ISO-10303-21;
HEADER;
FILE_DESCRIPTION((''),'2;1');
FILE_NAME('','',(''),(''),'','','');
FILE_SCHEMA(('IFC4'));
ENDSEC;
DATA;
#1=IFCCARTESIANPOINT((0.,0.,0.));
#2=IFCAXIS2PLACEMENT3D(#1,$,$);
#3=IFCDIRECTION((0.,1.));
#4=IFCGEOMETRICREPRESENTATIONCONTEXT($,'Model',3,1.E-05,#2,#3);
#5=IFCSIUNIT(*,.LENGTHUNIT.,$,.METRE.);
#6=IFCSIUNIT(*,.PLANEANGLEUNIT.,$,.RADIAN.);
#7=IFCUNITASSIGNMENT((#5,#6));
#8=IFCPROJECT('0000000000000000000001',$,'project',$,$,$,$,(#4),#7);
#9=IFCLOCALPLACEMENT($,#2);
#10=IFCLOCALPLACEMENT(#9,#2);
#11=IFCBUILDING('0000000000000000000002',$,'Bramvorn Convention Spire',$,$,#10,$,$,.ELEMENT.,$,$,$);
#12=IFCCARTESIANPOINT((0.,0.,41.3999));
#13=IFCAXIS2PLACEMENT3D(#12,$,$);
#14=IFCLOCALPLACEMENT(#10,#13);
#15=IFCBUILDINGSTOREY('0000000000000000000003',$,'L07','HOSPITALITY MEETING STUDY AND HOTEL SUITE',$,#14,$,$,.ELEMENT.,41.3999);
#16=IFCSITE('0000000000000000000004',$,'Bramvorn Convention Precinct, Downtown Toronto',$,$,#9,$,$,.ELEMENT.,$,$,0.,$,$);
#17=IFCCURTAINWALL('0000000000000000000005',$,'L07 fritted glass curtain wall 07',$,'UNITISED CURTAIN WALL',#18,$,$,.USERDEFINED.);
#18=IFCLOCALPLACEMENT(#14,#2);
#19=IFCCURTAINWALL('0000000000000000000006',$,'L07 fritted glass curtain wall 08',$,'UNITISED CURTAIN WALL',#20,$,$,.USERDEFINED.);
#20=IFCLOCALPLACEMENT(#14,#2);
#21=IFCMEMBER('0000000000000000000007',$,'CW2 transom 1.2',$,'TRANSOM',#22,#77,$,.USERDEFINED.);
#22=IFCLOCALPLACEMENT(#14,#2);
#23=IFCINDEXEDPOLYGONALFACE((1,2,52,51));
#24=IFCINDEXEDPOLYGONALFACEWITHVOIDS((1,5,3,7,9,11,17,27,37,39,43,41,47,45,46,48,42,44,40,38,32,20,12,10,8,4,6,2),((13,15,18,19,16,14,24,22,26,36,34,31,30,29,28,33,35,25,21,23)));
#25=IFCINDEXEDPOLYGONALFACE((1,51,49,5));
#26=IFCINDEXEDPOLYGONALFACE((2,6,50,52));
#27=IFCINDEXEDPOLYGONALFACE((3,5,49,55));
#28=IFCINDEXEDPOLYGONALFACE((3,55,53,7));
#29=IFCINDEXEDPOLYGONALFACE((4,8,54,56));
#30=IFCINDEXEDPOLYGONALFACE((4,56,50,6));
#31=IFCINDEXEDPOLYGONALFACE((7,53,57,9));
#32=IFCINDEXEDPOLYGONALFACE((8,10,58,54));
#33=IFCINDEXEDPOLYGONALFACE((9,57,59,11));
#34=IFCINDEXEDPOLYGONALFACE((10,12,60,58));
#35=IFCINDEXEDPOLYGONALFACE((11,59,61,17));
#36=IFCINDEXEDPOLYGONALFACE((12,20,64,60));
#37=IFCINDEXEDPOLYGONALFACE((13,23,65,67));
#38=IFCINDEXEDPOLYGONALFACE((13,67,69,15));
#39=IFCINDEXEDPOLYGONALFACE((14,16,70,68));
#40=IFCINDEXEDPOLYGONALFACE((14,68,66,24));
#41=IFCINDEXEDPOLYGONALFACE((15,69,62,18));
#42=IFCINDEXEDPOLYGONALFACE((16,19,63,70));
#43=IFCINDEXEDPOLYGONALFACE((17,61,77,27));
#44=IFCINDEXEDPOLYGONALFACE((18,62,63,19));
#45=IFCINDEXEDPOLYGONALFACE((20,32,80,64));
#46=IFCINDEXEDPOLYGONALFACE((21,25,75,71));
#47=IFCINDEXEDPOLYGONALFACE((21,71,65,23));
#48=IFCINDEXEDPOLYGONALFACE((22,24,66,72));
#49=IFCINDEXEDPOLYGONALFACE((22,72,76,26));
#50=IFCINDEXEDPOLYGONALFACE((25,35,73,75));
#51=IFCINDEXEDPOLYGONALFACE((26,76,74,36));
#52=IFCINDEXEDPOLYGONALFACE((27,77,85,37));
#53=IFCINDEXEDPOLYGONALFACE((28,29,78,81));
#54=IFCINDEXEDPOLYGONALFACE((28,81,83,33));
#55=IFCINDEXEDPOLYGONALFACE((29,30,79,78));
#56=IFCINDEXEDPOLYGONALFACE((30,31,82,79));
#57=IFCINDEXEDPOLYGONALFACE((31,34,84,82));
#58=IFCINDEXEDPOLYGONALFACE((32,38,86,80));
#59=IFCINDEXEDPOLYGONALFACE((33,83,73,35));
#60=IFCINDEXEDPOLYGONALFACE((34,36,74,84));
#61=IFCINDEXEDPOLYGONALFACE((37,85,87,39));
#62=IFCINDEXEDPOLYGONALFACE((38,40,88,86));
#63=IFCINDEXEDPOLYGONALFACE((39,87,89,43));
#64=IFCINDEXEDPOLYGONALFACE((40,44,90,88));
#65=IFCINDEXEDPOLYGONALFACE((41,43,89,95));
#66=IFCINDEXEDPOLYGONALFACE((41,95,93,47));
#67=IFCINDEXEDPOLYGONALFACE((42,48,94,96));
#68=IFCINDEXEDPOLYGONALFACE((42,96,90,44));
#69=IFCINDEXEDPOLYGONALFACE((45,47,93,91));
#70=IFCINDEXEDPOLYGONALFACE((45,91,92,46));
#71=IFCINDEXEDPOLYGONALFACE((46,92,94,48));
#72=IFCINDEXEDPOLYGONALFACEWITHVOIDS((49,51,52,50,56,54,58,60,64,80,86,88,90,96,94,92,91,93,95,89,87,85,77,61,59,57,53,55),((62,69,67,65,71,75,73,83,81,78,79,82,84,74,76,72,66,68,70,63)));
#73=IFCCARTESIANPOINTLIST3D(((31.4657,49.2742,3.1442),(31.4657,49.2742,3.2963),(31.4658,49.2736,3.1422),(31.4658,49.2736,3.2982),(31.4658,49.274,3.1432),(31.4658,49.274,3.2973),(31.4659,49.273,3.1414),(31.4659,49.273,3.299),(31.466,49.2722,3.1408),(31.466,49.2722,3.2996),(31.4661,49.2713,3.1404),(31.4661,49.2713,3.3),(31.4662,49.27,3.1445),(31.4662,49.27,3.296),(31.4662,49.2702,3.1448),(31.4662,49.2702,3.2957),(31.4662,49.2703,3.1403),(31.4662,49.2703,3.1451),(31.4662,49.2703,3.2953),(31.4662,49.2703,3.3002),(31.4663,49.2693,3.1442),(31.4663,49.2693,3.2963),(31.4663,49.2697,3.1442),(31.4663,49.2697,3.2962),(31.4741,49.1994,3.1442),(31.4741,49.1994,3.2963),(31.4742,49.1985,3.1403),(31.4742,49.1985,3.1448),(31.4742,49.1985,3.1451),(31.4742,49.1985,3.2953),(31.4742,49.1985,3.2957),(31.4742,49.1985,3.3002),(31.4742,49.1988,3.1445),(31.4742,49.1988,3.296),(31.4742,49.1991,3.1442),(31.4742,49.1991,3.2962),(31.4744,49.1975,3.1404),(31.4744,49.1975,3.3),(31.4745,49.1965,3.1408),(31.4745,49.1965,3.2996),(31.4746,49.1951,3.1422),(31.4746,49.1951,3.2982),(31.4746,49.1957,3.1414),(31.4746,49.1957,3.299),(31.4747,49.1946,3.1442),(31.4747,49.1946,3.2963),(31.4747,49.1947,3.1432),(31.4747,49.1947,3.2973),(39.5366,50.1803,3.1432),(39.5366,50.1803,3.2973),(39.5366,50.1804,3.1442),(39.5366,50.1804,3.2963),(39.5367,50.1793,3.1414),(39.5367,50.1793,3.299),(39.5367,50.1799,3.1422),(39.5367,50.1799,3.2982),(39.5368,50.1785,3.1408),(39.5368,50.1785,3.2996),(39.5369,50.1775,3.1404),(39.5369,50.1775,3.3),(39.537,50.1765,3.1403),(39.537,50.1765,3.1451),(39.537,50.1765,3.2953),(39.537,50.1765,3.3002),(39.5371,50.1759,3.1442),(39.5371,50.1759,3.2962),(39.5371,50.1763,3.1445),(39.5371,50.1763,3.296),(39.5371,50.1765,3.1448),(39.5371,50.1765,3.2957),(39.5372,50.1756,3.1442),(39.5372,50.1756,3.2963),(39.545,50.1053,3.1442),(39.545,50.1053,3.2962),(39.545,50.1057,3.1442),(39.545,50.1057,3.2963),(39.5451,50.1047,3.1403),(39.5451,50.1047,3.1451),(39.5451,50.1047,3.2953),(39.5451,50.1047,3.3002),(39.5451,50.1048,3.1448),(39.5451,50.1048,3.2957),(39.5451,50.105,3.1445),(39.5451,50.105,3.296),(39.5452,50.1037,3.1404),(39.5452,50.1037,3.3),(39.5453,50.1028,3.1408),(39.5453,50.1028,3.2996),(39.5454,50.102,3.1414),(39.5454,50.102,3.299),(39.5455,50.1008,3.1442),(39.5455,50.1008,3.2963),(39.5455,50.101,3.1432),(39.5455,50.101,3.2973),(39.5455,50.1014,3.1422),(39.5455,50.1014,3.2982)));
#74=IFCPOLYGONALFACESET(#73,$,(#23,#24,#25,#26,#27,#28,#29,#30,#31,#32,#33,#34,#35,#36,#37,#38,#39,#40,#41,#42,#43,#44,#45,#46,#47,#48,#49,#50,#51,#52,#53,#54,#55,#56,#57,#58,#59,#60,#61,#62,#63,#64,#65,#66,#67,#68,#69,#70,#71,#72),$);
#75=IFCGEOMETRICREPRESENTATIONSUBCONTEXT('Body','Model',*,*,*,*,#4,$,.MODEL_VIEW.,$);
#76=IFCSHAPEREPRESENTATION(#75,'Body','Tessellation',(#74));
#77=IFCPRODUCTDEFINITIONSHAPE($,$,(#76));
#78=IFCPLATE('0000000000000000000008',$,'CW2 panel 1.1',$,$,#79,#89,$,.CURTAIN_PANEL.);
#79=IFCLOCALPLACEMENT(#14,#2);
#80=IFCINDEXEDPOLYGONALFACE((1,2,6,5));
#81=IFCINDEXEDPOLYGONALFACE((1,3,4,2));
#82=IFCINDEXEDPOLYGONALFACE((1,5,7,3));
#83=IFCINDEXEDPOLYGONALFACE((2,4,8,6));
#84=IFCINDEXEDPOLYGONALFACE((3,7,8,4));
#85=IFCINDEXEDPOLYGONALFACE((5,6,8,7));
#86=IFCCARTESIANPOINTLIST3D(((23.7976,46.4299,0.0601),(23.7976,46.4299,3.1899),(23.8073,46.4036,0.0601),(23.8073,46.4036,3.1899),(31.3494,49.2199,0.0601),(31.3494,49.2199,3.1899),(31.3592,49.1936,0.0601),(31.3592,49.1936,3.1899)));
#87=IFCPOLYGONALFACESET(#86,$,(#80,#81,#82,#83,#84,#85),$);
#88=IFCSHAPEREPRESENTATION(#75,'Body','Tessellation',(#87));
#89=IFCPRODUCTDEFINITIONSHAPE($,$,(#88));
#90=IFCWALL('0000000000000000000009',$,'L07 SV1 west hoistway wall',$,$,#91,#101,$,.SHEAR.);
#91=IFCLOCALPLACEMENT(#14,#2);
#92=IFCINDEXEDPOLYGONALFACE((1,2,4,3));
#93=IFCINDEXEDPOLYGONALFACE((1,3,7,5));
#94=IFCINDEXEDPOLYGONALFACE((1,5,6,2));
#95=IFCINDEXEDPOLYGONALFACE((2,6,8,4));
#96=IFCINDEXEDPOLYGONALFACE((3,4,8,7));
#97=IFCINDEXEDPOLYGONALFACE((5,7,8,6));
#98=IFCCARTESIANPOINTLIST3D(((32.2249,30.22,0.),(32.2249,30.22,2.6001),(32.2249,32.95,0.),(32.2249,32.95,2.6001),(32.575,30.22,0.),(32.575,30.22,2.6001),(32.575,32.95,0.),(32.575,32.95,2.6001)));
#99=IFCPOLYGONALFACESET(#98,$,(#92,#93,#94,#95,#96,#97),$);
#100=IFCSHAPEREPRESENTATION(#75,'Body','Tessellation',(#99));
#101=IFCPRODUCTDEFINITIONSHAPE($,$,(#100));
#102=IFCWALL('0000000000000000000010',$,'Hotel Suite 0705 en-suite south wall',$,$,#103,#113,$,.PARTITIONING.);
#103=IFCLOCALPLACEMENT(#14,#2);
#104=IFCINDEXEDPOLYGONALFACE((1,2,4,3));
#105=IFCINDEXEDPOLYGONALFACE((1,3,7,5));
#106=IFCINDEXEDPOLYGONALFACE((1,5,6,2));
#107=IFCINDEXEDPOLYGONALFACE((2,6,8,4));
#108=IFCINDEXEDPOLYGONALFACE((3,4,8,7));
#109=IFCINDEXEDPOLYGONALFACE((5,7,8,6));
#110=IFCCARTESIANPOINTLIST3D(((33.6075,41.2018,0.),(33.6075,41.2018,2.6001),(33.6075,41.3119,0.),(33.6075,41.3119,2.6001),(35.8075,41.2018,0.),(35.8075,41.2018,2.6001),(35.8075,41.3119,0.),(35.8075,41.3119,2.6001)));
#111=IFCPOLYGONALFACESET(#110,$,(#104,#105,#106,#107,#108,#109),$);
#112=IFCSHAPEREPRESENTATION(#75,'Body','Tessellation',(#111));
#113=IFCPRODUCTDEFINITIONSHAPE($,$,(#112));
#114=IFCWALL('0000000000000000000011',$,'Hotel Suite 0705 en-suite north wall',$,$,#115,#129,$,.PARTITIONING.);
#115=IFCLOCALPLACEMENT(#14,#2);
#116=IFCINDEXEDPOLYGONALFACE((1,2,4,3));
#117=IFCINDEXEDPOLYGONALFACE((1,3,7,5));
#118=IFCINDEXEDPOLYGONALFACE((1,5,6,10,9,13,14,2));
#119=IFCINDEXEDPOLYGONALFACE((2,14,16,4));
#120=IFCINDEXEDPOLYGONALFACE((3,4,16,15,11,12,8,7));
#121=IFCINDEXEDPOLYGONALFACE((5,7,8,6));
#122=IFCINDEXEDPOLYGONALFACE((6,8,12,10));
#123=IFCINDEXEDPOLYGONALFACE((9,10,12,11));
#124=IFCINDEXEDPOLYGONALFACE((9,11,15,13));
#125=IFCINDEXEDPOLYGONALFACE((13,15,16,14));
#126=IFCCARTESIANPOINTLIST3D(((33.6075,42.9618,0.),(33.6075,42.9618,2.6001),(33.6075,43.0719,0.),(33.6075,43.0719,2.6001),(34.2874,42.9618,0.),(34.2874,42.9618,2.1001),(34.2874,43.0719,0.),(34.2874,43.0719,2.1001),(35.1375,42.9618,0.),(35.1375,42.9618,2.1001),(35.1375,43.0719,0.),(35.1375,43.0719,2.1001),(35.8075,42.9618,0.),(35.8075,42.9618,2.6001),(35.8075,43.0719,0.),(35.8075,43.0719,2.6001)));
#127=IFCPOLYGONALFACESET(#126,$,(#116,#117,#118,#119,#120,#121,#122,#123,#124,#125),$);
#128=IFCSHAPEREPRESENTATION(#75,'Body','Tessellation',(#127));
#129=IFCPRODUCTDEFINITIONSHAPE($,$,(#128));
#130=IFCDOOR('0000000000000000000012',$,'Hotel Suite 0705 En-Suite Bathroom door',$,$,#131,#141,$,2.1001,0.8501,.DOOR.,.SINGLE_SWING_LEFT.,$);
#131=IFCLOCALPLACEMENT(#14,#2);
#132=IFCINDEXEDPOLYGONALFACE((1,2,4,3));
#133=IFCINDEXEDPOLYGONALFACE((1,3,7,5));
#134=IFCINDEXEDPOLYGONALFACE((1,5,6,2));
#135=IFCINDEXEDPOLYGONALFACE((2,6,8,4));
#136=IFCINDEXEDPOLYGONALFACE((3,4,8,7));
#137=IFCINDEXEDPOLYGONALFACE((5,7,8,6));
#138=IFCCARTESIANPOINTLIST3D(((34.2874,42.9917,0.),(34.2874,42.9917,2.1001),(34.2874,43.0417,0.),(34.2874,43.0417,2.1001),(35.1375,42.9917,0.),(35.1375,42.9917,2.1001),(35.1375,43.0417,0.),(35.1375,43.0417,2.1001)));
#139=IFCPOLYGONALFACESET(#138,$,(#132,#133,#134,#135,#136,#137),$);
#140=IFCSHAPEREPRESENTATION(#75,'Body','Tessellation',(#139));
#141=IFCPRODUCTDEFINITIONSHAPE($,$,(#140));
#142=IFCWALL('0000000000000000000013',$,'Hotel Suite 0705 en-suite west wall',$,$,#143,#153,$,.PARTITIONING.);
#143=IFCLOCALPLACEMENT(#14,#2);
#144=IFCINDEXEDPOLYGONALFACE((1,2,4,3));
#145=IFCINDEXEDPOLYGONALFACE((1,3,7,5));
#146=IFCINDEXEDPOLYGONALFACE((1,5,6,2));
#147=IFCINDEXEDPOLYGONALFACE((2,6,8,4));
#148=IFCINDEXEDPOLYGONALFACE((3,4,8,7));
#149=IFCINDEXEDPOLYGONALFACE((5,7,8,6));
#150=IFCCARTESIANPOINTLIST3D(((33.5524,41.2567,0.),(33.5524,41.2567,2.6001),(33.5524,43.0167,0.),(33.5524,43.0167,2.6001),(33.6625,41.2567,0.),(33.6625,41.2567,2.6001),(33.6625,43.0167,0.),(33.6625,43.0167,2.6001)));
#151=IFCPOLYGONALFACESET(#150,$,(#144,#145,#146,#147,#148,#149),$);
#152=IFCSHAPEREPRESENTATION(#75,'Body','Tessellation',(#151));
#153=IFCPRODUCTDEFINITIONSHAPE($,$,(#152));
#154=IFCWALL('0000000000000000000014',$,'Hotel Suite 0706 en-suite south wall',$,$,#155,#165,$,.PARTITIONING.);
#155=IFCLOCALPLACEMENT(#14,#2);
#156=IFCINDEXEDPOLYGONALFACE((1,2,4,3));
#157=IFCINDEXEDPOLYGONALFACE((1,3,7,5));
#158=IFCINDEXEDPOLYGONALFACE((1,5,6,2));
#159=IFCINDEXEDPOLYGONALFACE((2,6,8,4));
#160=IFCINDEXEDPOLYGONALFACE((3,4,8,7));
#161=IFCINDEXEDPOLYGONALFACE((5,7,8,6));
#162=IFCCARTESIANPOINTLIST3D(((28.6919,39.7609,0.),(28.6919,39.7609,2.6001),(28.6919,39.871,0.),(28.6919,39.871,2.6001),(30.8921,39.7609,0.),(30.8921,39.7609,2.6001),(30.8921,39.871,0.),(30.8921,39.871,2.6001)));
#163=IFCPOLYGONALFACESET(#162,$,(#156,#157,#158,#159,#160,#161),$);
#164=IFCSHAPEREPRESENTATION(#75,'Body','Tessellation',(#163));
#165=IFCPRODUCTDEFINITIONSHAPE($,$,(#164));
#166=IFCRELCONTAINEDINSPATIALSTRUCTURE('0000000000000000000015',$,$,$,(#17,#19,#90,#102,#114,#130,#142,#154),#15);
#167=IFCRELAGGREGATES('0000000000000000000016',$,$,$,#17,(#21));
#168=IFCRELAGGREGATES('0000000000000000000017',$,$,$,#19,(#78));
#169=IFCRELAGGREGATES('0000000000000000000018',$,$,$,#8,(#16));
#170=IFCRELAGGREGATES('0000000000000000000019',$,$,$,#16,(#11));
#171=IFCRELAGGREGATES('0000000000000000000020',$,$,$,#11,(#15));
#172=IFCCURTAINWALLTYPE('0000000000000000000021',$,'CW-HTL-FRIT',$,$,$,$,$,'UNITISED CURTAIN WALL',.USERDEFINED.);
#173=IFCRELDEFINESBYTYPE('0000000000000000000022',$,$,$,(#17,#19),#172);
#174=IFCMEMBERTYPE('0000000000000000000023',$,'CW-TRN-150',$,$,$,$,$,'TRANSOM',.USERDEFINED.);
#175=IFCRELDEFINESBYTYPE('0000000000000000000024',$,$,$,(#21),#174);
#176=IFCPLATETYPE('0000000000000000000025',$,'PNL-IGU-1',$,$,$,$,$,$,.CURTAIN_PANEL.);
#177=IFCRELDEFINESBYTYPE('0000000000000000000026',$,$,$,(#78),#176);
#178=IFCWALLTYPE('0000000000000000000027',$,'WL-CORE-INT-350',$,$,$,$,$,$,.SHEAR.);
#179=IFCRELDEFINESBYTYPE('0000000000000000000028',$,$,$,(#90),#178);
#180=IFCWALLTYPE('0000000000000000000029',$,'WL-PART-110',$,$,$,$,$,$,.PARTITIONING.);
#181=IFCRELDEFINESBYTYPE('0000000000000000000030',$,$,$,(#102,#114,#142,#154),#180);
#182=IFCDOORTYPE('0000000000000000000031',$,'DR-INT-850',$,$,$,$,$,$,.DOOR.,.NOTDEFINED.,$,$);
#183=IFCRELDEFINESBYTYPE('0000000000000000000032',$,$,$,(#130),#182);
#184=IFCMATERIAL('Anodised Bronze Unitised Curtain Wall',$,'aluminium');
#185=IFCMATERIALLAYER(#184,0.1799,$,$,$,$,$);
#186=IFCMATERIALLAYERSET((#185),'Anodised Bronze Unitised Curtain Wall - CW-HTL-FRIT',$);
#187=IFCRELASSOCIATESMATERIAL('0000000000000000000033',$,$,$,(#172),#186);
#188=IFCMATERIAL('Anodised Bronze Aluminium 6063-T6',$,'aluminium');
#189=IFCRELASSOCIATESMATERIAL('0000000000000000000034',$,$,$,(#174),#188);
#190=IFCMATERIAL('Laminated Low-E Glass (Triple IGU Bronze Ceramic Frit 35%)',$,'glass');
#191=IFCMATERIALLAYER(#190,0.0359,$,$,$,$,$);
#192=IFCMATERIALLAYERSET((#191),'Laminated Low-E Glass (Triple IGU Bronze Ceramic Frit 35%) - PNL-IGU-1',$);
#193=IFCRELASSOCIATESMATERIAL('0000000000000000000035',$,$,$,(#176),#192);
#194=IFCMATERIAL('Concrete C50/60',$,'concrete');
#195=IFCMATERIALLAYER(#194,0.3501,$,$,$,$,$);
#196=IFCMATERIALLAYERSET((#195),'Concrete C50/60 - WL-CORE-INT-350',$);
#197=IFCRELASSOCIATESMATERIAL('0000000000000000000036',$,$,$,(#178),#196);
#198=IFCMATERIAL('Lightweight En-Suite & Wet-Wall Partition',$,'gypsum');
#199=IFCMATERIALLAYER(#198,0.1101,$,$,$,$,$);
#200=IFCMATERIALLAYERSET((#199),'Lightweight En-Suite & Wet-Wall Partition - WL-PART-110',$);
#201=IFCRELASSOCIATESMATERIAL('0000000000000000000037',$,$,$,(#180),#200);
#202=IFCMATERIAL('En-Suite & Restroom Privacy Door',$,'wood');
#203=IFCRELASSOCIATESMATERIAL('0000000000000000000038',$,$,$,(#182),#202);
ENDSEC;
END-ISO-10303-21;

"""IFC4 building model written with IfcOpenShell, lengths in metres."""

from ifc_helpers import new_model, si_unit, direction, frame, frame_2d, origin, origin_2d, place, context, subcontext, project, spatial, rectangle, hollow_rectangle, extrude, material, layer, layer_set, material_profile, profile_set, type_object, element, fill, aggregate, save


model = new_model("IFC4")

# Units and contexts
model_context = context("Model", 3, precision=1e-05, world=origin(), true_north=direction((0.0, 1.0)))
body_context = subcontext(model_context, "Body", "Model", "MODEL_VIEW")
ifc_project = project(units=[si_unit("LENGTHUNIT", "METRE"), si_unit("PLANEANGLEUNIT", "RADIAN")], contexts=[model_context])

# Site, building, storey
site_placement = place(None, origin())
site = spatial("IfcSite", under=ifc_project, at=site_placement, Name="Bramvorn Convention Precinct, Downtown Toronto", CompositionType="ELEMENT", RefElevation=0.0)
building_placement = place(site_placement, origin())
building = spatial("IfcBuilding", under=site, at=building_placement, Name="Bramvorn Convention Spire", CompositionType="ELEMENT")
storey_placement = place(building_placement, frame((0.0, 0.0, 41.3999)))
storey = spatial("IfcBuildingStorey", under=building, at=storey_placement, Name="L07", Description="HOSPITALITY MEETING STUDY AND HOTEL SUITE", CompositionType="ELEMENT", Elevation=41.3999)

# Curtain walls
ifc_material_1 = material(Name="Anodised Bronze Unitised Curtain Wall", Category="aluminium")
ifc_layer_1 = layer(ifc_material_1, 0.1799)
ifc_layer_set_1 = layer_set([ifc_layer_1], Name="Anodised Bronze Unitised Curtain Wall - CW-HTL-FRIT")
curtain_wall_type = type_object("IfcCurtainWallType", Name="CW-HTL-FRIT", ElementType="UNITISED CURTAIN WALL", PredefinedType="USERDEFINED", material=ifc_layer_set_1)
curtain_wall_1_placement = place(storey_placement, origin())
curtain_wall_1 = element("IfcCurtainWall", 1, at=curtain_wall_1_placement, inside=storey, type_object=curtain_wall_type, Name="L07 fritted glass curtain wall 07", ObjectType="UNITISED CURTAIN WALL", PredefinedType="USERDEFINED")
ifc_material_2 = material(Name="Anodised Bronze Aluminium 6063-T6", Category="aluminium")
curtain_wall_2_placement = place(storey_placement, origin())
curtain_wall_2 = element("IfcCurtainWall", 2, at=curtain_wall_2_placement, inside=storey, type_object=curtain_wall_type, Name="L07 fritted glass curtain wall 08", ObjectType="UNITISED CURTAIN WALL", PredefinedType="USERDEFINED")

# Member
ifc_material_profile_1 = material_profile(ifc_material_2, hollow_rectangle(XDim=0.0801, YDim=0.1599, WallThickness=0.0039, InnerFilletRadius=0.001, OuterFilletRadius=0.0039, at=origin_2d()))
ifc_profile_set_1 = profile_set([ifc_material_profile_1], Name="Anodised Bronze Aluminium 6063-T6 - CWT80X160")
member_type_1 = type_object("IfcMemberType", Name="CW-TRN-150", ElementType="TRANSOM", PredefinedType="USERDEFINED", material=ifc_profile_set_1)
member_1_placement = place(storey_placement, frame((31.4702, 49.2344, 3.2202), z_axis=(0.993755, 0.111586, 0.0), x_axis=(-0.111586, 0.993755, 0.0)))
member_1 = element("IfcMember", 3, at=member_1_placement, type_object=member_type_1, Name="CW2 transom 1.2", ObjectType="TRANSOM", PredefinedType="USERDEFINED", context=body_context, shape_type="SweptSolid", body=[
    extrude(hollow_rectangle(XDim=0.0801, YDim=0.1599, WallThickness=0.0039, InnerFilletRadius=0.001, OuterFilletRadius=0.0039, at=origin_2d()), origin(), (0.0, 0.0, 1.0), 8.1216),
])
aggregate(curtain_wall_1, [member_1])

# Plate
ifc_material_3 = material(Name="Laminated Low-E Glass (Triple IGU Bronze Ceramic Frit 35%)", Category="glass")
ifc_layer_2 = layer(ifc_material_3, 0.0359)
ifc_layer_set_2 = layer_set([ifc_layer_2], Name="Laminated Low-E Glass (Triple IGU Bronze Ceramic Frit 35%) - PNL-IGU-1")
plate_type = type_object("IfcPlateType", Name="PNL-IGU-1", PredefinedType="CURTAIN_PANEL", material=ifc_layer_set_2)
plate_placement = place(storey_placement, frame((27.5784, 47.8118, 0.0601), z_axis=(0.0, 0.0, 1.0), x_axis=(0.938032, 0.34655, 0.0)))
plate = element("IfcPlate", 4, at=plate_placement, type_object=plate_type, Name="CW2 panel 1.1", PredefinedType="CURTAIN_PANEL", context=body_context, shape_type="SweptSolid", body=[
    extrude(rectangle(XDim=8.0508, YDim=0.0281, at=origin_2d()), origin(), (0.0, 0.0, 1.0), 3.1299),
])
aggregate(curtain_wall_2, [plate])

# Shared definitions
ifc_material_4 = material(Name="Concrete C50/60", Category="concrete")
ifc_layer_3 = layer(ifc_material_4, 0.3501)
ifc_layer_set_3 = layer_set([ifc_layer_3], Name="Concrete C50/60 - WL-CORE-INT-350")
wall_type_1 = type_object("IfcWallType", Name="WL-CORE-INT-350", PredefinedType="SHEAR", material=ifc_layer_set_3)

# Walls
wall_1_placement = place(storey_placement, frame((32.3999, 30.22, 0.0), z_axis=(0.0, 0.0, 1.0), x_axis=(0.0, 1.0, 0.0)))
element("IfcWall", 5, at=wall_1_placement, inside=storey, type_object=wall_type_1, Name="L07 SV1 west hoistway wall", PredefinedType="SHEAR", context=body_context, shape_type="SweptSolid", body=[
    extrude(rectangle(XDim=2.73, YDim=0.3501, at=frame_2d((1.365, 0.0))), origin(), (0.0, 0.0, 1.0), 2.6001),
])
ifc_material_5 = material(Name="Lightweight En-Suite & Wet-Wall Partition", Category="gypsum")
ifc_layer_4 = layer(ifc_material_5, 0.1101)
ifc_layer_set_4 = layer_set([ifc_layer_4], Name="Lightweight En-Suite & Wet-Wall Partition - WL-PART-110")
wall_type_2 = type_object("IfcWallType", Name="WL-PART-110", PredefinedType="PARTITIONING", material=ifc_layer_set_4)
wall_2_placement = place(storey_placement, frame((33.6074, 41.2568, 0.0), z_axis=(0.0, 0.0, 1.0), x_axis=(1.0, 0.0, 0.0)))
element("IfcWall", 6, at=wall_2_placement, inside=storey, type_object=wall_type_2, Name="Hotel Suite 0705 en-suite south wall", PredefinedType="PARTITIONING", context=body_context, shape_type="SweptSolid", body=[
    extrude(rectangle(XDim=2.2, YDim=0.1101, at=frame_2d((1.1001, 0.0))), origin(), (0.0, 0.0, 1.0), 2.6001),
])

# Wall, opening, door
wall_3_placement = place(storey_placement, frame((33.6074, 43.0168, 0.0), z_axis=(0.0, 0.0, 1.0), x_axis=(1.0, 0.0, 0.0)))
wall_3 = element("IfcWall", 7, at=wall_3_placement, inside=storey, type_object=wall_type_2, Name="Hotel Suite 0705 en-suite north wall", PredefinedType="PARTITIONING", context=body_context, shape_type="SweptSolid", body=[
    extrude(rectangle(XDim=2.2, YDim=0.1101, at=frame_2d((1.1001, 0.0))), origin(), (0.0, 0.0, 1.0), 2.6001),
])
opening_1_placement = place(wall_3_placement, frame((0.6799, 0.0, 0.0)))
opening_1 = element("IfcOpeningElement", 8, at=opening_1_placement, cuts=wall_3, PredefinedType="OPENING", context=body_context, shape_type="SweptSolid", body=[
    extrude(rectangle(XDim=0.8501, YDim=2.1001, at=frame_2d((0.425, 1.05))), frame((0.0, 0.0649, 0.0), z_axis=(0.0, -1.0, 0.0), x_axis=(1.0, 0.0, 0.0)), (0.0, 0.0, 1.0), 0.1301),
])
ifc_material_6 = material(Name="En-Suite & Restroom Privacy Door", Category="wood")
door_type_1 = type_object("IfcDoorType", Name="DR-INT-850", OperationType="NOTDEFINED", PredefinedType="DOOR", material=ifc_material_6)
door_1_placement = place(opening_1_placement, origin())
door_1 = element("IfcDoor", 9, at=door_1_placement, inside=storey, type_object=door_type_1, Name="Hotel Suite 0705 En-Suite Bathroom door", OperationType="SINGLE_SWING_LEFT", OverallHeight=2.1001, OverallWidth=0.8501, PredefinedType="DOOR", context=body_context, shape_type="SweptSolid", body=[
    extrude(rectangle(XDim=0.8501, YDim=2.1001, at=frame_2d((0.425, 1.05))), frame((0.0, 0.0249, 0.0), z_axis=(0.0, -1.0, 0.0), x_axis=(1.0, 0.0, 0.0)), (0.0, 0.0, 1.0), 0.05),
])
fill(opening_1, door_1)

# Walls
wall_4_placement = place(storey_placement, frame((33.6074, 41.2568, 0.0), z_axis=(0.0, 0.0, 1.0), x_axis=(0.0, 1.0, 0.0)))
element("IfcWall", 10, at=wall_4_placement, inside=storey, type_object=wall_type_2, Name="Hotel Suite 0705 en-suite west wall", PredefinedType="PARTITIONING", context=body_context, shape_type="SweptSolid", body=[
    extrude(rectangle(XDim=1.76, YDim=0.1101, at=frame_2d((0.8799, 0.0))), origin(), (0.0, 0.0, 1.0), 2.6001),
])
wall_5_placement = place(storey_placement, frame((28.6919, 39.8159, 0.0), z_axis=(0.0, 0.0, 1.0), x_axis=(1.0, 0.0, 0.0)))
element("IfcWall", 11, at=wall_5_placement, inside=storey, type_object=wall_type_2, Name="Hotel Suite 0706 en-suite south wall", PredefinedType="PARTITIONING", context=body_context, shape_type="SweptSolid", body=[
    extrude(rectangle(XDim=2.2002, YDim=0.1101, at=frame_2d((1.1001, 0.0))), origin(), (0.0, 0.0, 1.0), 2.6001),
])

save(model, "model.ifc")
